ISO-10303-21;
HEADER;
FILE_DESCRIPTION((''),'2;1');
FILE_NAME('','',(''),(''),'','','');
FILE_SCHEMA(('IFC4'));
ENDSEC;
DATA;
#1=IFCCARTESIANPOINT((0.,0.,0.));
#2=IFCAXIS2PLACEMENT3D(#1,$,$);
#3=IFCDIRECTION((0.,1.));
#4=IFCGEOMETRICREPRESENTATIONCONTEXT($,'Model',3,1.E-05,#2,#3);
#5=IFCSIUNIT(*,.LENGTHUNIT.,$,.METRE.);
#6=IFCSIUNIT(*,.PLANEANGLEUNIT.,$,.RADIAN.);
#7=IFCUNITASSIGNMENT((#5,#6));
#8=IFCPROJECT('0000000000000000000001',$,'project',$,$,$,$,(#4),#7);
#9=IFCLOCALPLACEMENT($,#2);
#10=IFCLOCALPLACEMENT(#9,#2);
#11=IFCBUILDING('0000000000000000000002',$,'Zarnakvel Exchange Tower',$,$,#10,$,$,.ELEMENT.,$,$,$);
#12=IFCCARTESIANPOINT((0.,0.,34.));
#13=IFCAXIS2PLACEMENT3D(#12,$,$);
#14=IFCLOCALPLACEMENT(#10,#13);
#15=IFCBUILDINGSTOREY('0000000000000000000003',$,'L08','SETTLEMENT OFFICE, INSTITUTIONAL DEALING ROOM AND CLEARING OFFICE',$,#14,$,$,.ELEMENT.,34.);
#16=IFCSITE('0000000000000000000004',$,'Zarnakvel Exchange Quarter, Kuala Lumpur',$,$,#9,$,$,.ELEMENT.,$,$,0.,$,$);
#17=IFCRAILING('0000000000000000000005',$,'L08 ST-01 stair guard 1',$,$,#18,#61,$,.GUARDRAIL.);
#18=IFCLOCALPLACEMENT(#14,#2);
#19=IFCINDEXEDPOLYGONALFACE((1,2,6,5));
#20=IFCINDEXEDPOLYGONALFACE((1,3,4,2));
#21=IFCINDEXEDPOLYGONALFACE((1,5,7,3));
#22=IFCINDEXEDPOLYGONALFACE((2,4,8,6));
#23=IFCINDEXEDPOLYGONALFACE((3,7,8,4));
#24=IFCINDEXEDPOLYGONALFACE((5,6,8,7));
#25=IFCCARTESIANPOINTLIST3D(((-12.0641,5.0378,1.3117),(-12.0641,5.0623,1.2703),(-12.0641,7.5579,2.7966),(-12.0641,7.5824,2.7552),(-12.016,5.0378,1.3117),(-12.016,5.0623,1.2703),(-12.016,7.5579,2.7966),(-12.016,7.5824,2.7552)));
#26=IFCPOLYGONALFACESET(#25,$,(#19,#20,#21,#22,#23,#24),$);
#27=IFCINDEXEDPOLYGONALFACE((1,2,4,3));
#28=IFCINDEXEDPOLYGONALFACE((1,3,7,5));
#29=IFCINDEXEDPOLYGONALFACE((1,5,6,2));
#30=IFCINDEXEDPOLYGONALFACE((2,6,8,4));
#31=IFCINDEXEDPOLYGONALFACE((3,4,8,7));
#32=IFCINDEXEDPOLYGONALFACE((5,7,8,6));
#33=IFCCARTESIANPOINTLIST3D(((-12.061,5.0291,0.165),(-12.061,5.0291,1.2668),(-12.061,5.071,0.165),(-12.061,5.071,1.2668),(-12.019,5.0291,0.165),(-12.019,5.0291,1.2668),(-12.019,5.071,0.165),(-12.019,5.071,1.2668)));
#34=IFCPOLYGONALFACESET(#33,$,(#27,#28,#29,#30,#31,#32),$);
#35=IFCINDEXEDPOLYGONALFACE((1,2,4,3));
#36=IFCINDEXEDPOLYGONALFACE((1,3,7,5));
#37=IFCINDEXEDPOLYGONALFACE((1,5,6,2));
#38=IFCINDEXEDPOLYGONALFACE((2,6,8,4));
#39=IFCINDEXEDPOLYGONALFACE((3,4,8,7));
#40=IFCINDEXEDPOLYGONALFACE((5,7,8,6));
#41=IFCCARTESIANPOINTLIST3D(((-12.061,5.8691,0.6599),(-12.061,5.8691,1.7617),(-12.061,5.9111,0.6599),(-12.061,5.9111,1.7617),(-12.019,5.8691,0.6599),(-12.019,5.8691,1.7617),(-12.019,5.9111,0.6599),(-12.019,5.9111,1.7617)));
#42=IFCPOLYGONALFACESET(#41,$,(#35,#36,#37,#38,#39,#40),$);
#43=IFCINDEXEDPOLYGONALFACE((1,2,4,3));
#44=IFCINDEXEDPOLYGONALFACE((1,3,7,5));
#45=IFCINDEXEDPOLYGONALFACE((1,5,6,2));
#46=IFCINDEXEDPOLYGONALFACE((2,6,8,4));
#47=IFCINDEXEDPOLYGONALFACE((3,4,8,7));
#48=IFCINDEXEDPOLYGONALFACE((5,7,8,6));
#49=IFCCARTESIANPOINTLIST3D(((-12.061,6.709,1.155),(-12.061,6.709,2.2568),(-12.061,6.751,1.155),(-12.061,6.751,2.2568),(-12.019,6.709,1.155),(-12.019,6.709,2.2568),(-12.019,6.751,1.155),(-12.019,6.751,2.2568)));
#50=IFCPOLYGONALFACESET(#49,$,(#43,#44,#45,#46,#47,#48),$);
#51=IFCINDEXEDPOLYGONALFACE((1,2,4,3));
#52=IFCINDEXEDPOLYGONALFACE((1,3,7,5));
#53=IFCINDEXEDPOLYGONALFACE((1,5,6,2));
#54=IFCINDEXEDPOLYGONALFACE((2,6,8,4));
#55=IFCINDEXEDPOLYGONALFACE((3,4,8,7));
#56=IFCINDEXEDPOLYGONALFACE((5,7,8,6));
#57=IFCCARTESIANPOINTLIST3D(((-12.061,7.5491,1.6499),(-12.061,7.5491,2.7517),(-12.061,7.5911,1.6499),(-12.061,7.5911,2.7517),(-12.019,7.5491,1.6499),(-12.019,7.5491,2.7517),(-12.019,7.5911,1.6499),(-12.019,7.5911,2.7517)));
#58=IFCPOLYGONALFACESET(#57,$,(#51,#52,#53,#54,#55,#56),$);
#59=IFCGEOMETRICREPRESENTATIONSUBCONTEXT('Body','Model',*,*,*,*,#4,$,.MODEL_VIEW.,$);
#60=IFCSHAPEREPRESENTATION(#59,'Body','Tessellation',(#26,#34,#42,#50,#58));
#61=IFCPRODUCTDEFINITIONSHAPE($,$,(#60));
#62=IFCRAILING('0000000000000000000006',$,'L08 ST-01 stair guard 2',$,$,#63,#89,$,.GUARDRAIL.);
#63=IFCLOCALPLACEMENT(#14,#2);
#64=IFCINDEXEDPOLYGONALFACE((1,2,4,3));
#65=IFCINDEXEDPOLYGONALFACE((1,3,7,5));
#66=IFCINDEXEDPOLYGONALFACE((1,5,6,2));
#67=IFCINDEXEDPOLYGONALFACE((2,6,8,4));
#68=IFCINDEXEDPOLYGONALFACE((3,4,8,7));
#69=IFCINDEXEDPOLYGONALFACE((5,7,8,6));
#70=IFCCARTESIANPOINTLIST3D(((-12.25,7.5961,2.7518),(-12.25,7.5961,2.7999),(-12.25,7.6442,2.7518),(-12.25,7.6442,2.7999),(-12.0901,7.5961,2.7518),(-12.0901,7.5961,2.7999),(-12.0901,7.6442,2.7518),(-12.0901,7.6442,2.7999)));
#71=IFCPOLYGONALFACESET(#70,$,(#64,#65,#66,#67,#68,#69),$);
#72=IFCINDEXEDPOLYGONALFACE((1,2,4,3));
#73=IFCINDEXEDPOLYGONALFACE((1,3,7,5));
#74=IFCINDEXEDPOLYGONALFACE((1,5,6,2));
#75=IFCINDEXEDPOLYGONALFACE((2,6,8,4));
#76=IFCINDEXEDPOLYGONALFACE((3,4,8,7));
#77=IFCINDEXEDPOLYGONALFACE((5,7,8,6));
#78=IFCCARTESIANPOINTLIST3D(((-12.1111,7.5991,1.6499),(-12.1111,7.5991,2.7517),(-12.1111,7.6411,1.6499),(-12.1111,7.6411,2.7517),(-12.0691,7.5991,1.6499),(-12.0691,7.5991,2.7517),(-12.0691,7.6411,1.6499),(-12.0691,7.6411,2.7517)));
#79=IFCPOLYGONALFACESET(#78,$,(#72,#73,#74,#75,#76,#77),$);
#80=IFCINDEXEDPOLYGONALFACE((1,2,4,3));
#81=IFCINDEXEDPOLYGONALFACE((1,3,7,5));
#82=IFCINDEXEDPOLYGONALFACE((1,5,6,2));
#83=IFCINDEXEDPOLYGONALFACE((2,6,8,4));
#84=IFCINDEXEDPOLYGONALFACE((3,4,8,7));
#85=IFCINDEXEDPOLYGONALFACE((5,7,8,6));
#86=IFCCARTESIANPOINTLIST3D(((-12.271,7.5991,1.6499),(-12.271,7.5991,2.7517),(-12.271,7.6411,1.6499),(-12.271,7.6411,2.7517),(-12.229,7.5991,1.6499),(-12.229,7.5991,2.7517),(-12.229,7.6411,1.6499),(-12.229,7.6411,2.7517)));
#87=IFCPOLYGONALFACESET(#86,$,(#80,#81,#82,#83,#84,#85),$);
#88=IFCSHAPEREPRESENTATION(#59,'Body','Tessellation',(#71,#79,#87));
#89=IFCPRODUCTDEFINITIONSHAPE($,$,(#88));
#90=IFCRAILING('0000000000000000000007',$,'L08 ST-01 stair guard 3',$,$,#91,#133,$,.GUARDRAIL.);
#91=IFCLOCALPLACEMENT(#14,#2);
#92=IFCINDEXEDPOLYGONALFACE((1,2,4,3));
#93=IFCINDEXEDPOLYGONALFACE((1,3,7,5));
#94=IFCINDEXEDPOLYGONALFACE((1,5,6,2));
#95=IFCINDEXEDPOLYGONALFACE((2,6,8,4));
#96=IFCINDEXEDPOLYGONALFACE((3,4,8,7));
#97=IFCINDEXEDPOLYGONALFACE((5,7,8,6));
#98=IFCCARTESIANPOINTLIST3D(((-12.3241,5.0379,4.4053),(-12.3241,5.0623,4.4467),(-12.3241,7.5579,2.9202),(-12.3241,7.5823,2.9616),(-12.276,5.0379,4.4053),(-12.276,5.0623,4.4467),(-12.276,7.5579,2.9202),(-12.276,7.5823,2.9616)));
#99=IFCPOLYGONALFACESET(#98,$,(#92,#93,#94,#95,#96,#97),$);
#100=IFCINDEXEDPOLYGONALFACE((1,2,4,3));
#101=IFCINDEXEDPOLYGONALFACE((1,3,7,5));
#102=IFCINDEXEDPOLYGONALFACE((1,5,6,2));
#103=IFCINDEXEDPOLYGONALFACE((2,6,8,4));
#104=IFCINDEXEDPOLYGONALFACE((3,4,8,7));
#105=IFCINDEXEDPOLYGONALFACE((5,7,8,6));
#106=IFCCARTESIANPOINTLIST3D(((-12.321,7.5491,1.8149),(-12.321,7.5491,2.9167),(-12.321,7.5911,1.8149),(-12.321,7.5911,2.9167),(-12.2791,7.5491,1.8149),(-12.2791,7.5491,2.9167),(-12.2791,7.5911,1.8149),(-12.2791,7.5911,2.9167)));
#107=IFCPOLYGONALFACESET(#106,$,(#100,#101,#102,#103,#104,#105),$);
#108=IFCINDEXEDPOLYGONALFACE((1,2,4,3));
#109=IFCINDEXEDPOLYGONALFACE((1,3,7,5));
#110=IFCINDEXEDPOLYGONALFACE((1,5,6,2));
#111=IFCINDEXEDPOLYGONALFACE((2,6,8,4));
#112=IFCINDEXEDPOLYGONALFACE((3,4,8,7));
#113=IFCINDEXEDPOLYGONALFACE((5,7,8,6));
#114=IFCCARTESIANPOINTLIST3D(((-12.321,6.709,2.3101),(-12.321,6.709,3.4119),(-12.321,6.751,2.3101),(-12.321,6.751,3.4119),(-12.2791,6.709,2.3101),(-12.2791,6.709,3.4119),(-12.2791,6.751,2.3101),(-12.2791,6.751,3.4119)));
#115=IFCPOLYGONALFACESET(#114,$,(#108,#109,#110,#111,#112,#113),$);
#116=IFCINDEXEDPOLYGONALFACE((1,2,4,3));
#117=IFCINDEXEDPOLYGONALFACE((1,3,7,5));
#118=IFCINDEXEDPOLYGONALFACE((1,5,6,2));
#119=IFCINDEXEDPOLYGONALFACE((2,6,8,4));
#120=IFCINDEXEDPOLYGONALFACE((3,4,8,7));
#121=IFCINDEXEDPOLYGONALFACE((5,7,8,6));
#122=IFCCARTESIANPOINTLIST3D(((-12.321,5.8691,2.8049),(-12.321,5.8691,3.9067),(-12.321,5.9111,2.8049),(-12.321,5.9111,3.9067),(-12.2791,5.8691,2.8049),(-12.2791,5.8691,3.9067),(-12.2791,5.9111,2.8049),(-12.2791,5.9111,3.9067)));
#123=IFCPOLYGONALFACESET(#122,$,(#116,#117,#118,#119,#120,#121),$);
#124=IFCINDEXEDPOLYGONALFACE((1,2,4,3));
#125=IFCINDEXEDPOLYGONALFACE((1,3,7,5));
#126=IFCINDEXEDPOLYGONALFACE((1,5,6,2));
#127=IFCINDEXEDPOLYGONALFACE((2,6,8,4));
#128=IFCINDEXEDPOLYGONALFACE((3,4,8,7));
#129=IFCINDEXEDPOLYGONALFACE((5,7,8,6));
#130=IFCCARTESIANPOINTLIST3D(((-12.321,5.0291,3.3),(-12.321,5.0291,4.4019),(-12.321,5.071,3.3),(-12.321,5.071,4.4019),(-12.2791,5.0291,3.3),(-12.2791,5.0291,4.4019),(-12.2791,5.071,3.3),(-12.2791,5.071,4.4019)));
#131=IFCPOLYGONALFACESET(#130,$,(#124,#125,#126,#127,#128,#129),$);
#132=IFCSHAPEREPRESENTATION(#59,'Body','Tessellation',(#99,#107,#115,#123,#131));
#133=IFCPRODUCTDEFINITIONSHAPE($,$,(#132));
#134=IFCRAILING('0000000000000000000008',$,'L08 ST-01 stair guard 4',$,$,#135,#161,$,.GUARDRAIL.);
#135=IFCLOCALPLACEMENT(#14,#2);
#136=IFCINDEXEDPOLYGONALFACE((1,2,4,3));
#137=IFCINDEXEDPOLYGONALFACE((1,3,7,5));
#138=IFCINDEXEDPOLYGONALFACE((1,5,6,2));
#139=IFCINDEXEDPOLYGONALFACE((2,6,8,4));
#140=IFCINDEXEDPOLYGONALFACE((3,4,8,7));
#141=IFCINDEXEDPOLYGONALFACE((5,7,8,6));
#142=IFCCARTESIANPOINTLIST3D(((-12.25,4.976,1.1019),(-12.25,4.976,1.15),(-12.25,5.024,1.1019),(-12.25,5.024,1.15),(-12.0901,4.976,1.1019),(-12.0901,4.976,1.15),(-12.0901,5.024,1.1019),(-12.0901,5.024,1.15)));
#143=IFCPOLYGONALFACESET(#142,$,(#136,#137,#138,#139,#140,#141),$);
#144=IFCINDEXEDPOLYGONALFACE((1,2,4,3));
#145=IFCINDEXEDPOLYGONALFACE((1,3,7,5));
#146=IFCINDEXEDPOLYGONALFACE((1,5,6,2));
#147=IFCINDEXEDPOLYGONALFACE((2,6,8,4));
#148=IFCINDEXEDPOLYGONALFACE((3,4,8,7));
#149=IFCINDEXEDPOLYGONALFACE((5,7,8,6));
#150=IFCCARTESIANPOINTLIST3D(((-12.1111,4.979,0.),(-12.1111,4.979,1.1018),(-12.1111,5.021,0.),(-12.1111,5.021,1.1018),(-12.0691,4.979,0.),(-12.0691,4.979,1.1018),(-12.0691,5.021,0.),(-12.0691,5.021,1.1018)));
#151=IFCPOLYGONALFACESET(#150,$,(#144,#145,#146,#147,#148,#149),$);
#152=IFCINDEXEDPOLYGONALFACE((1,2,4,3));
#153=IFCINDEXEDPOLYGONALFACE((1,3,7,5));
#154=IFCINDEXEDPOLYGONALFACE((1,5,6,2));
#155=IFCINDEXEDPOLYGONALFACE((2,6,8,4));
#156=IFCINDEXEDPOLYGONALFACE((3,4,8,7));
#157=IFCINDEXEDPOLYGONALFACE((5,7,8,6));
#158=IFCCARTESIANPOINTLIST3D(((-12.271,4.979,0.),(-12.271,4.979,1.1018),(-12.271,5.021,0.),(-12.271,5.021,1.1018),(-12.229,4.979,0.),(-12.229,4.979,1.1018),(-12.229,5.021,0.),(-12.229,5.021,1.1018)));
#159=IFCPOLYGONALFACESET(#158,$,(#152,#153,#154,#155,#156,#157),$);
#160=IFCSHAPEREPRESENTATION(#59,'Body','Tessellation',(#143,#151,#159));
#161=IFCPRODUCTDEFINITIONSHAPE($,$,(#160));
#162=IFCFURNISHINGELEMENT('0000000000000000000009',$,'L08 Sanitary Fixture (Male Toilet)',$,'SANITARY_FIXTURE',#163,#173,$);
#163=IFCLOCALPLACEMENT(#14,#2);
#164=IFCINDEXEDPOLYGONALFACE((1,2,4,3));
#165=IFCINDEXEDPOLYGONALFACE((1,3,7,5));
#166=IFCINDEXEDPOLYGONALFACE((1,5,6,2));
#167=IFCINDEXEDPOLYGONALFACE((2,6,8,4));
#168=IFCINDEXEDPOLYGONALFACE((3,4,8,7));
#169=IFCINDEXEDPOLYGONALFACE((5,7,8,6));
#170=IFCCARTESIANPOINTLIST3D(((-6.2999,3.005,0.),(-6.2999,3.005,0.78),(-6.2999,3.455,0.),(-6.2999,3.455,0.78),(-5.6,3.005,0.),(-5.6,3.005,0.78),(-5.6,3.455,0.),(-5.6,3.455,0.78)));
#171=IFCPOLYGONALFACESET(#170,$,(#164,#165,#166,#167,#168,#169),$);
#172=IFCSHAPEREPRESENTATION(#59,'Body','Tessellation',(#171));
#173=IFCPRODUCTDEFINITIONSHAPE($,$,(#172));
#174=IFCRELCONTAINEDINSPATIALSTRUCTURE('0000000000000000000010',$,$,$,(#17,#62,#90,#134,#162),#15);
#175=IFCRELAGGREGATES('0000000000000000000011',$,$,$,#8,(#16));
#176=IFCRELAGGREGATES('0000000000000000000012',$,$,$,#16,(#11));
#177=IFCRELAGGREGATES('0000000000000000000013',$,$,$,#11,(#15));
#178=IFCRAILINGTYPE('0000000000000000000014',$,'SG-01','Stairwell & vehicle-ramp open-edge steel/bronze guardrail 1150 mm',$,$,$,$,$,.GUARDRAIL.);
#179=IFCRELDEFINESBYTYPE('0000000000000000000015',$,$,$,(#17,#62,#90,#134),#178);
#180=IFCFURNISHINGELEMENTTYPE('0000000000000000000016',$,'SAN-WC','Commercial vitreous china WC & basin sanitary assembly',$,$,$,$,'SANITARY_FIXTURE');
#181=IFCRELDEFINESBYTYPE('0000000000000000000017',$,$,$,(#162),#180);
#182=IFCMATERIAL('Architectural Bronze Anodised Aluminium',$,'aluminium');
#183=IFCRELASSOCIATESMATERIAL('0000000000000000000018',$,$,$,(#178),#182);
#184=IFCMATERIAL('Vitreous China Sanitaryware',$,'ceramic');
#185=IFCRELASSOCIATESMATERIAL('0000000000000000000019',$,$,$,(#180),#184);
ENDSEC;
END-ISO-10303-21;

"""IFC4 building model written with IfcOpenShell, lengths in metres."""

from ifc_helpers import new_model, si_unit, direction, frame, origin, origin_2d, place, context, subcontext, project, spatial, rectangle, extrude, source, transform, mapped, material, type_object, element, save


model = new_model("IFC4")

# Units and contexts
model_context = context("Model", 3, precision=1e-05, world=origin(), true_north=direction((0.0, 1.0)))
body_context = subcontext(model_context, "Body", "Model", "MODEL_VIEW")
ifc_project = project(units=[si_unit("LENGTHUNIT", "METRE"), si_unit("PLANEANGLEUNIT", "RADIAN")], contexts=[model_context])

# Site, building, storey
site_placement = place(None, origin())
site = spatial("IfcSite", under=ifc_project, at=site_placement, Name="Zarnakvel Exchange Quarter, Kuala Lumpur", CompositionType="ELEMENT", RefElevation=0.0)
building_placement = place(site_placement, origin())
building = spatial("IfcBuilding", under=site, at=building_placement, Name="Zarnakvel Exchange Tower", CompositionType="ELEMENT")
storey_placement = place(building_placement, frame((0.0, 0.0, 34.0)))
storey = spatial("IfcBuildingStorey", under=building, at=storey_placement, Name="L08", Description="SETTLEMENT OFFICE, INSTITUTIONAL DEALING ROOM AND CLEARING OFFICE", CompositionType="ELEMENT", Elevation=34.0)

# Railings
ifc_material_1 = material(Name="Architectural Bronze Anodised Aluminium", Category="aluminium")
railing_type_1 = type_object("IfcRailingType", Name="SG-01", Description="Stairwell & vehicle-ramp open-edge steel/bronze guardrail 1150 mm", PredefinedType="GUARDRAIL", material=ifc_material_1)
railing_1_placement = place(storey_placement, frame((-12.04, 5.05, 0.165)))
element("IfcRailing", 1, at=railing_1_placement, inside=storey, type_object=railing_type_1, Name="L08 ST-01 stair guard 1", PredefinedType="GUARDRAIL", context=body_context, shape_type="SweptSolid", body=[
    extrude(rectangle(XDim=0.0481, YDim=0.0481, at=origin_2d()), frame((0.0, 0.0, 1.126), z_axis=(0.0, 0.861561, 0.507655), x_axis=(-1.0, 0.0, 0.0)), (0.0, 0.0, 1.0), 2.925),
    extrude(rectangle(XDim=0.042, YDim=0.042, at=origin_2d()), origin(), (0.0, 0.0, 1.0), 1.1018),
    extrude(rectangle(XDim=0.042, YDim=0.042, at=origin_2d()), frame((0.0, 0.8401, 0.4949)), (0.0, 0.0, 1.0), 1.1018),
    extrude(rectangle(XDim=0.042, YDim=0.042, at=origin_2d()), frame((0.0, 1.6799, 0.99)), (0.0, 0.0, 1.0), 1.1018),
    extrude(rectangle(XDim=0.042, YDim=0.042, at=origin_2d()), frame((0.0, 2.52, 1.4849)), (0.0, 0.0, 1.0), 1.1018),
])
railing_2_placement = place(storey_placement, frame((-12.0901, 7.6201, 1.6499)))
element("IfcRailing", 2, at=railing_2_placement, inside=storey, type_object=railing_type_1, Name="L08 ST-01 stair guard 2", PredefinedType="GUARDRAIL", context=body_context, shape_type="SweptSolid", body=[
    extrude(rectangle(XDim=0.0481, YDim=0.0481, at=origin_2d()), frame((0.0, 0.0, 1.126), z_axis=(-1.0, 0.0, 0.0), x_axis=(0.0, -1.0, 0.0)), (0.0, 0.0, 1.0), 0.1599),
    extrude(rectangle(XDim=0.042, YDim=0.042, at=origin_2d()), origin(), (0.0, 0.0, 1.0), 1.1018),
    extrude(rectangle(XDim=0.042, YDim=0.042, at=origin_2d()), frame((-0.1599, 0.0, 0.0)), (0.0, 0.0, 1.0), 1.1018),
])
railing_3_placement = place(storey_placement, frame((-12.3, 7.5701, 1.8149)))
element("IfcRailing", 3, at=railing_3_placement, inside=storey, type_object=railing_type_1, Name="L08 ST-01 stair guard 3", PredefinedType="GUARDRAIL", context=body_context, shape_type="SweptSolid", body=[
    extrude(rectangle(XDim=0.0481, YDim=0.0481, at=origin_2d()), frame((0.0, 0.0, 1.126), z_axis=(0.0, -0.861524, 0.507717), x_axis=(1.0, 0.0, 0.0)), (0.0, 0.0, 1.0), 2.925),
    extrude(rectangle(XDim=0.042, YDim=0.042, at=origin_2d()), origin(), (0.0, 0.0, 1.0), 1.1018),
    extrude(rectangle(XDim=0.042, YDim=0.042, at=origin_2d()), frame((0.0, -0.8401, 0.4951)), (0.0, 0.0, 1.0), 1.1018),
    extrude(rectangle(XDim=0.042, YDim=0.042, at=origin_2d()), frame((0.0, -1.6799, 0.99)), (0.0, 0.0, 1.0), 1.1018),
    extrude(rectangle(XDim=0.042, YDim=0.042, at=origin_2d()), frame((0.0, -2.52, 1.4851)), (0.0, 0.0, 1.0), 1.1018),
])
railing_4_placement = place(storey_placement, frame((-12.0901, 5.0, 0.0)))
element("IfcRailing", 4, at=railing_4_placement, inside=storey, type_object=railing_type_1, Name="L08 ST-01 stair guard 4", PredefinedType="GUARDRAIL", context=body_context, shape_type="SweptSolid", body=[
    extrude(rectangle(XDim=0.0481, YDim=0.0481, at=origin_2d()), frame((0.0, 0.0, 1.126), z_axis=(-1.0, 0.0, 0.0), x_axis=(0.0, -1.0, 0.0)), (0.0, 0.0, 1.0), 0.1599),
    extrude(rectangle(XDim=0.042, YDim=0.042, at=origin_2d()), origin(), (0.0, 0.0, 1.0), 1.1018),
    extrude(rectangle(XDim=0.042, YDim=0.042, at=origin_2d()), frame((-0.1599, 0.0, 0.0)), (0.0, 0.0, 1.0), 1.1018),
])

# Furnishing element
ifc_material_2 = material(Name="Vitreous China Sanitaryware", Category="ceramic")
furnishing_element_type = type_object("IfcFurnishingElementType", Name="SAN-WC", Description="Commercial vitreous china WC & basin sanitary assembly", ElementType="SANITARY_FIXTURE", material=ifc_material_2)
shared_shape_1 = source(origin(), body_context, "Body", "SweptSolid", [
    extrude(rectangle(XDim=0.7, YDim=0.45, at=origin_2d()), origin(), (0.0, 0.0, 1.0), 0.78),
])
furnishing_placement = place(storey_placement, frame((-5.95, 3.23, 0.0), z_axis=(0.0, 0.0, 1.0), x_axis=(1.0, 0.0, 0.0)))
element("IfcFurnishingElement", 5, at=furnishing_placement, inside=storey, type_object=furnishing_element_type, Name="L08 Sanitary Fixture (Male Toilet)", ObjectType="SANITARY_FIXTURE", context=body_context, shape_type="MappedRepresentation", body=[
    mapped(shared_shape_1, transform((0.0, 0.0, 0.0), x_axis=(1.0, 0.0, 0.0), y_axis=(0.0, 1.0, 0.0), z_axis=(0.0, 0.0, 1.0), scale=1.0)),
])

save(model, "model.ifc")
